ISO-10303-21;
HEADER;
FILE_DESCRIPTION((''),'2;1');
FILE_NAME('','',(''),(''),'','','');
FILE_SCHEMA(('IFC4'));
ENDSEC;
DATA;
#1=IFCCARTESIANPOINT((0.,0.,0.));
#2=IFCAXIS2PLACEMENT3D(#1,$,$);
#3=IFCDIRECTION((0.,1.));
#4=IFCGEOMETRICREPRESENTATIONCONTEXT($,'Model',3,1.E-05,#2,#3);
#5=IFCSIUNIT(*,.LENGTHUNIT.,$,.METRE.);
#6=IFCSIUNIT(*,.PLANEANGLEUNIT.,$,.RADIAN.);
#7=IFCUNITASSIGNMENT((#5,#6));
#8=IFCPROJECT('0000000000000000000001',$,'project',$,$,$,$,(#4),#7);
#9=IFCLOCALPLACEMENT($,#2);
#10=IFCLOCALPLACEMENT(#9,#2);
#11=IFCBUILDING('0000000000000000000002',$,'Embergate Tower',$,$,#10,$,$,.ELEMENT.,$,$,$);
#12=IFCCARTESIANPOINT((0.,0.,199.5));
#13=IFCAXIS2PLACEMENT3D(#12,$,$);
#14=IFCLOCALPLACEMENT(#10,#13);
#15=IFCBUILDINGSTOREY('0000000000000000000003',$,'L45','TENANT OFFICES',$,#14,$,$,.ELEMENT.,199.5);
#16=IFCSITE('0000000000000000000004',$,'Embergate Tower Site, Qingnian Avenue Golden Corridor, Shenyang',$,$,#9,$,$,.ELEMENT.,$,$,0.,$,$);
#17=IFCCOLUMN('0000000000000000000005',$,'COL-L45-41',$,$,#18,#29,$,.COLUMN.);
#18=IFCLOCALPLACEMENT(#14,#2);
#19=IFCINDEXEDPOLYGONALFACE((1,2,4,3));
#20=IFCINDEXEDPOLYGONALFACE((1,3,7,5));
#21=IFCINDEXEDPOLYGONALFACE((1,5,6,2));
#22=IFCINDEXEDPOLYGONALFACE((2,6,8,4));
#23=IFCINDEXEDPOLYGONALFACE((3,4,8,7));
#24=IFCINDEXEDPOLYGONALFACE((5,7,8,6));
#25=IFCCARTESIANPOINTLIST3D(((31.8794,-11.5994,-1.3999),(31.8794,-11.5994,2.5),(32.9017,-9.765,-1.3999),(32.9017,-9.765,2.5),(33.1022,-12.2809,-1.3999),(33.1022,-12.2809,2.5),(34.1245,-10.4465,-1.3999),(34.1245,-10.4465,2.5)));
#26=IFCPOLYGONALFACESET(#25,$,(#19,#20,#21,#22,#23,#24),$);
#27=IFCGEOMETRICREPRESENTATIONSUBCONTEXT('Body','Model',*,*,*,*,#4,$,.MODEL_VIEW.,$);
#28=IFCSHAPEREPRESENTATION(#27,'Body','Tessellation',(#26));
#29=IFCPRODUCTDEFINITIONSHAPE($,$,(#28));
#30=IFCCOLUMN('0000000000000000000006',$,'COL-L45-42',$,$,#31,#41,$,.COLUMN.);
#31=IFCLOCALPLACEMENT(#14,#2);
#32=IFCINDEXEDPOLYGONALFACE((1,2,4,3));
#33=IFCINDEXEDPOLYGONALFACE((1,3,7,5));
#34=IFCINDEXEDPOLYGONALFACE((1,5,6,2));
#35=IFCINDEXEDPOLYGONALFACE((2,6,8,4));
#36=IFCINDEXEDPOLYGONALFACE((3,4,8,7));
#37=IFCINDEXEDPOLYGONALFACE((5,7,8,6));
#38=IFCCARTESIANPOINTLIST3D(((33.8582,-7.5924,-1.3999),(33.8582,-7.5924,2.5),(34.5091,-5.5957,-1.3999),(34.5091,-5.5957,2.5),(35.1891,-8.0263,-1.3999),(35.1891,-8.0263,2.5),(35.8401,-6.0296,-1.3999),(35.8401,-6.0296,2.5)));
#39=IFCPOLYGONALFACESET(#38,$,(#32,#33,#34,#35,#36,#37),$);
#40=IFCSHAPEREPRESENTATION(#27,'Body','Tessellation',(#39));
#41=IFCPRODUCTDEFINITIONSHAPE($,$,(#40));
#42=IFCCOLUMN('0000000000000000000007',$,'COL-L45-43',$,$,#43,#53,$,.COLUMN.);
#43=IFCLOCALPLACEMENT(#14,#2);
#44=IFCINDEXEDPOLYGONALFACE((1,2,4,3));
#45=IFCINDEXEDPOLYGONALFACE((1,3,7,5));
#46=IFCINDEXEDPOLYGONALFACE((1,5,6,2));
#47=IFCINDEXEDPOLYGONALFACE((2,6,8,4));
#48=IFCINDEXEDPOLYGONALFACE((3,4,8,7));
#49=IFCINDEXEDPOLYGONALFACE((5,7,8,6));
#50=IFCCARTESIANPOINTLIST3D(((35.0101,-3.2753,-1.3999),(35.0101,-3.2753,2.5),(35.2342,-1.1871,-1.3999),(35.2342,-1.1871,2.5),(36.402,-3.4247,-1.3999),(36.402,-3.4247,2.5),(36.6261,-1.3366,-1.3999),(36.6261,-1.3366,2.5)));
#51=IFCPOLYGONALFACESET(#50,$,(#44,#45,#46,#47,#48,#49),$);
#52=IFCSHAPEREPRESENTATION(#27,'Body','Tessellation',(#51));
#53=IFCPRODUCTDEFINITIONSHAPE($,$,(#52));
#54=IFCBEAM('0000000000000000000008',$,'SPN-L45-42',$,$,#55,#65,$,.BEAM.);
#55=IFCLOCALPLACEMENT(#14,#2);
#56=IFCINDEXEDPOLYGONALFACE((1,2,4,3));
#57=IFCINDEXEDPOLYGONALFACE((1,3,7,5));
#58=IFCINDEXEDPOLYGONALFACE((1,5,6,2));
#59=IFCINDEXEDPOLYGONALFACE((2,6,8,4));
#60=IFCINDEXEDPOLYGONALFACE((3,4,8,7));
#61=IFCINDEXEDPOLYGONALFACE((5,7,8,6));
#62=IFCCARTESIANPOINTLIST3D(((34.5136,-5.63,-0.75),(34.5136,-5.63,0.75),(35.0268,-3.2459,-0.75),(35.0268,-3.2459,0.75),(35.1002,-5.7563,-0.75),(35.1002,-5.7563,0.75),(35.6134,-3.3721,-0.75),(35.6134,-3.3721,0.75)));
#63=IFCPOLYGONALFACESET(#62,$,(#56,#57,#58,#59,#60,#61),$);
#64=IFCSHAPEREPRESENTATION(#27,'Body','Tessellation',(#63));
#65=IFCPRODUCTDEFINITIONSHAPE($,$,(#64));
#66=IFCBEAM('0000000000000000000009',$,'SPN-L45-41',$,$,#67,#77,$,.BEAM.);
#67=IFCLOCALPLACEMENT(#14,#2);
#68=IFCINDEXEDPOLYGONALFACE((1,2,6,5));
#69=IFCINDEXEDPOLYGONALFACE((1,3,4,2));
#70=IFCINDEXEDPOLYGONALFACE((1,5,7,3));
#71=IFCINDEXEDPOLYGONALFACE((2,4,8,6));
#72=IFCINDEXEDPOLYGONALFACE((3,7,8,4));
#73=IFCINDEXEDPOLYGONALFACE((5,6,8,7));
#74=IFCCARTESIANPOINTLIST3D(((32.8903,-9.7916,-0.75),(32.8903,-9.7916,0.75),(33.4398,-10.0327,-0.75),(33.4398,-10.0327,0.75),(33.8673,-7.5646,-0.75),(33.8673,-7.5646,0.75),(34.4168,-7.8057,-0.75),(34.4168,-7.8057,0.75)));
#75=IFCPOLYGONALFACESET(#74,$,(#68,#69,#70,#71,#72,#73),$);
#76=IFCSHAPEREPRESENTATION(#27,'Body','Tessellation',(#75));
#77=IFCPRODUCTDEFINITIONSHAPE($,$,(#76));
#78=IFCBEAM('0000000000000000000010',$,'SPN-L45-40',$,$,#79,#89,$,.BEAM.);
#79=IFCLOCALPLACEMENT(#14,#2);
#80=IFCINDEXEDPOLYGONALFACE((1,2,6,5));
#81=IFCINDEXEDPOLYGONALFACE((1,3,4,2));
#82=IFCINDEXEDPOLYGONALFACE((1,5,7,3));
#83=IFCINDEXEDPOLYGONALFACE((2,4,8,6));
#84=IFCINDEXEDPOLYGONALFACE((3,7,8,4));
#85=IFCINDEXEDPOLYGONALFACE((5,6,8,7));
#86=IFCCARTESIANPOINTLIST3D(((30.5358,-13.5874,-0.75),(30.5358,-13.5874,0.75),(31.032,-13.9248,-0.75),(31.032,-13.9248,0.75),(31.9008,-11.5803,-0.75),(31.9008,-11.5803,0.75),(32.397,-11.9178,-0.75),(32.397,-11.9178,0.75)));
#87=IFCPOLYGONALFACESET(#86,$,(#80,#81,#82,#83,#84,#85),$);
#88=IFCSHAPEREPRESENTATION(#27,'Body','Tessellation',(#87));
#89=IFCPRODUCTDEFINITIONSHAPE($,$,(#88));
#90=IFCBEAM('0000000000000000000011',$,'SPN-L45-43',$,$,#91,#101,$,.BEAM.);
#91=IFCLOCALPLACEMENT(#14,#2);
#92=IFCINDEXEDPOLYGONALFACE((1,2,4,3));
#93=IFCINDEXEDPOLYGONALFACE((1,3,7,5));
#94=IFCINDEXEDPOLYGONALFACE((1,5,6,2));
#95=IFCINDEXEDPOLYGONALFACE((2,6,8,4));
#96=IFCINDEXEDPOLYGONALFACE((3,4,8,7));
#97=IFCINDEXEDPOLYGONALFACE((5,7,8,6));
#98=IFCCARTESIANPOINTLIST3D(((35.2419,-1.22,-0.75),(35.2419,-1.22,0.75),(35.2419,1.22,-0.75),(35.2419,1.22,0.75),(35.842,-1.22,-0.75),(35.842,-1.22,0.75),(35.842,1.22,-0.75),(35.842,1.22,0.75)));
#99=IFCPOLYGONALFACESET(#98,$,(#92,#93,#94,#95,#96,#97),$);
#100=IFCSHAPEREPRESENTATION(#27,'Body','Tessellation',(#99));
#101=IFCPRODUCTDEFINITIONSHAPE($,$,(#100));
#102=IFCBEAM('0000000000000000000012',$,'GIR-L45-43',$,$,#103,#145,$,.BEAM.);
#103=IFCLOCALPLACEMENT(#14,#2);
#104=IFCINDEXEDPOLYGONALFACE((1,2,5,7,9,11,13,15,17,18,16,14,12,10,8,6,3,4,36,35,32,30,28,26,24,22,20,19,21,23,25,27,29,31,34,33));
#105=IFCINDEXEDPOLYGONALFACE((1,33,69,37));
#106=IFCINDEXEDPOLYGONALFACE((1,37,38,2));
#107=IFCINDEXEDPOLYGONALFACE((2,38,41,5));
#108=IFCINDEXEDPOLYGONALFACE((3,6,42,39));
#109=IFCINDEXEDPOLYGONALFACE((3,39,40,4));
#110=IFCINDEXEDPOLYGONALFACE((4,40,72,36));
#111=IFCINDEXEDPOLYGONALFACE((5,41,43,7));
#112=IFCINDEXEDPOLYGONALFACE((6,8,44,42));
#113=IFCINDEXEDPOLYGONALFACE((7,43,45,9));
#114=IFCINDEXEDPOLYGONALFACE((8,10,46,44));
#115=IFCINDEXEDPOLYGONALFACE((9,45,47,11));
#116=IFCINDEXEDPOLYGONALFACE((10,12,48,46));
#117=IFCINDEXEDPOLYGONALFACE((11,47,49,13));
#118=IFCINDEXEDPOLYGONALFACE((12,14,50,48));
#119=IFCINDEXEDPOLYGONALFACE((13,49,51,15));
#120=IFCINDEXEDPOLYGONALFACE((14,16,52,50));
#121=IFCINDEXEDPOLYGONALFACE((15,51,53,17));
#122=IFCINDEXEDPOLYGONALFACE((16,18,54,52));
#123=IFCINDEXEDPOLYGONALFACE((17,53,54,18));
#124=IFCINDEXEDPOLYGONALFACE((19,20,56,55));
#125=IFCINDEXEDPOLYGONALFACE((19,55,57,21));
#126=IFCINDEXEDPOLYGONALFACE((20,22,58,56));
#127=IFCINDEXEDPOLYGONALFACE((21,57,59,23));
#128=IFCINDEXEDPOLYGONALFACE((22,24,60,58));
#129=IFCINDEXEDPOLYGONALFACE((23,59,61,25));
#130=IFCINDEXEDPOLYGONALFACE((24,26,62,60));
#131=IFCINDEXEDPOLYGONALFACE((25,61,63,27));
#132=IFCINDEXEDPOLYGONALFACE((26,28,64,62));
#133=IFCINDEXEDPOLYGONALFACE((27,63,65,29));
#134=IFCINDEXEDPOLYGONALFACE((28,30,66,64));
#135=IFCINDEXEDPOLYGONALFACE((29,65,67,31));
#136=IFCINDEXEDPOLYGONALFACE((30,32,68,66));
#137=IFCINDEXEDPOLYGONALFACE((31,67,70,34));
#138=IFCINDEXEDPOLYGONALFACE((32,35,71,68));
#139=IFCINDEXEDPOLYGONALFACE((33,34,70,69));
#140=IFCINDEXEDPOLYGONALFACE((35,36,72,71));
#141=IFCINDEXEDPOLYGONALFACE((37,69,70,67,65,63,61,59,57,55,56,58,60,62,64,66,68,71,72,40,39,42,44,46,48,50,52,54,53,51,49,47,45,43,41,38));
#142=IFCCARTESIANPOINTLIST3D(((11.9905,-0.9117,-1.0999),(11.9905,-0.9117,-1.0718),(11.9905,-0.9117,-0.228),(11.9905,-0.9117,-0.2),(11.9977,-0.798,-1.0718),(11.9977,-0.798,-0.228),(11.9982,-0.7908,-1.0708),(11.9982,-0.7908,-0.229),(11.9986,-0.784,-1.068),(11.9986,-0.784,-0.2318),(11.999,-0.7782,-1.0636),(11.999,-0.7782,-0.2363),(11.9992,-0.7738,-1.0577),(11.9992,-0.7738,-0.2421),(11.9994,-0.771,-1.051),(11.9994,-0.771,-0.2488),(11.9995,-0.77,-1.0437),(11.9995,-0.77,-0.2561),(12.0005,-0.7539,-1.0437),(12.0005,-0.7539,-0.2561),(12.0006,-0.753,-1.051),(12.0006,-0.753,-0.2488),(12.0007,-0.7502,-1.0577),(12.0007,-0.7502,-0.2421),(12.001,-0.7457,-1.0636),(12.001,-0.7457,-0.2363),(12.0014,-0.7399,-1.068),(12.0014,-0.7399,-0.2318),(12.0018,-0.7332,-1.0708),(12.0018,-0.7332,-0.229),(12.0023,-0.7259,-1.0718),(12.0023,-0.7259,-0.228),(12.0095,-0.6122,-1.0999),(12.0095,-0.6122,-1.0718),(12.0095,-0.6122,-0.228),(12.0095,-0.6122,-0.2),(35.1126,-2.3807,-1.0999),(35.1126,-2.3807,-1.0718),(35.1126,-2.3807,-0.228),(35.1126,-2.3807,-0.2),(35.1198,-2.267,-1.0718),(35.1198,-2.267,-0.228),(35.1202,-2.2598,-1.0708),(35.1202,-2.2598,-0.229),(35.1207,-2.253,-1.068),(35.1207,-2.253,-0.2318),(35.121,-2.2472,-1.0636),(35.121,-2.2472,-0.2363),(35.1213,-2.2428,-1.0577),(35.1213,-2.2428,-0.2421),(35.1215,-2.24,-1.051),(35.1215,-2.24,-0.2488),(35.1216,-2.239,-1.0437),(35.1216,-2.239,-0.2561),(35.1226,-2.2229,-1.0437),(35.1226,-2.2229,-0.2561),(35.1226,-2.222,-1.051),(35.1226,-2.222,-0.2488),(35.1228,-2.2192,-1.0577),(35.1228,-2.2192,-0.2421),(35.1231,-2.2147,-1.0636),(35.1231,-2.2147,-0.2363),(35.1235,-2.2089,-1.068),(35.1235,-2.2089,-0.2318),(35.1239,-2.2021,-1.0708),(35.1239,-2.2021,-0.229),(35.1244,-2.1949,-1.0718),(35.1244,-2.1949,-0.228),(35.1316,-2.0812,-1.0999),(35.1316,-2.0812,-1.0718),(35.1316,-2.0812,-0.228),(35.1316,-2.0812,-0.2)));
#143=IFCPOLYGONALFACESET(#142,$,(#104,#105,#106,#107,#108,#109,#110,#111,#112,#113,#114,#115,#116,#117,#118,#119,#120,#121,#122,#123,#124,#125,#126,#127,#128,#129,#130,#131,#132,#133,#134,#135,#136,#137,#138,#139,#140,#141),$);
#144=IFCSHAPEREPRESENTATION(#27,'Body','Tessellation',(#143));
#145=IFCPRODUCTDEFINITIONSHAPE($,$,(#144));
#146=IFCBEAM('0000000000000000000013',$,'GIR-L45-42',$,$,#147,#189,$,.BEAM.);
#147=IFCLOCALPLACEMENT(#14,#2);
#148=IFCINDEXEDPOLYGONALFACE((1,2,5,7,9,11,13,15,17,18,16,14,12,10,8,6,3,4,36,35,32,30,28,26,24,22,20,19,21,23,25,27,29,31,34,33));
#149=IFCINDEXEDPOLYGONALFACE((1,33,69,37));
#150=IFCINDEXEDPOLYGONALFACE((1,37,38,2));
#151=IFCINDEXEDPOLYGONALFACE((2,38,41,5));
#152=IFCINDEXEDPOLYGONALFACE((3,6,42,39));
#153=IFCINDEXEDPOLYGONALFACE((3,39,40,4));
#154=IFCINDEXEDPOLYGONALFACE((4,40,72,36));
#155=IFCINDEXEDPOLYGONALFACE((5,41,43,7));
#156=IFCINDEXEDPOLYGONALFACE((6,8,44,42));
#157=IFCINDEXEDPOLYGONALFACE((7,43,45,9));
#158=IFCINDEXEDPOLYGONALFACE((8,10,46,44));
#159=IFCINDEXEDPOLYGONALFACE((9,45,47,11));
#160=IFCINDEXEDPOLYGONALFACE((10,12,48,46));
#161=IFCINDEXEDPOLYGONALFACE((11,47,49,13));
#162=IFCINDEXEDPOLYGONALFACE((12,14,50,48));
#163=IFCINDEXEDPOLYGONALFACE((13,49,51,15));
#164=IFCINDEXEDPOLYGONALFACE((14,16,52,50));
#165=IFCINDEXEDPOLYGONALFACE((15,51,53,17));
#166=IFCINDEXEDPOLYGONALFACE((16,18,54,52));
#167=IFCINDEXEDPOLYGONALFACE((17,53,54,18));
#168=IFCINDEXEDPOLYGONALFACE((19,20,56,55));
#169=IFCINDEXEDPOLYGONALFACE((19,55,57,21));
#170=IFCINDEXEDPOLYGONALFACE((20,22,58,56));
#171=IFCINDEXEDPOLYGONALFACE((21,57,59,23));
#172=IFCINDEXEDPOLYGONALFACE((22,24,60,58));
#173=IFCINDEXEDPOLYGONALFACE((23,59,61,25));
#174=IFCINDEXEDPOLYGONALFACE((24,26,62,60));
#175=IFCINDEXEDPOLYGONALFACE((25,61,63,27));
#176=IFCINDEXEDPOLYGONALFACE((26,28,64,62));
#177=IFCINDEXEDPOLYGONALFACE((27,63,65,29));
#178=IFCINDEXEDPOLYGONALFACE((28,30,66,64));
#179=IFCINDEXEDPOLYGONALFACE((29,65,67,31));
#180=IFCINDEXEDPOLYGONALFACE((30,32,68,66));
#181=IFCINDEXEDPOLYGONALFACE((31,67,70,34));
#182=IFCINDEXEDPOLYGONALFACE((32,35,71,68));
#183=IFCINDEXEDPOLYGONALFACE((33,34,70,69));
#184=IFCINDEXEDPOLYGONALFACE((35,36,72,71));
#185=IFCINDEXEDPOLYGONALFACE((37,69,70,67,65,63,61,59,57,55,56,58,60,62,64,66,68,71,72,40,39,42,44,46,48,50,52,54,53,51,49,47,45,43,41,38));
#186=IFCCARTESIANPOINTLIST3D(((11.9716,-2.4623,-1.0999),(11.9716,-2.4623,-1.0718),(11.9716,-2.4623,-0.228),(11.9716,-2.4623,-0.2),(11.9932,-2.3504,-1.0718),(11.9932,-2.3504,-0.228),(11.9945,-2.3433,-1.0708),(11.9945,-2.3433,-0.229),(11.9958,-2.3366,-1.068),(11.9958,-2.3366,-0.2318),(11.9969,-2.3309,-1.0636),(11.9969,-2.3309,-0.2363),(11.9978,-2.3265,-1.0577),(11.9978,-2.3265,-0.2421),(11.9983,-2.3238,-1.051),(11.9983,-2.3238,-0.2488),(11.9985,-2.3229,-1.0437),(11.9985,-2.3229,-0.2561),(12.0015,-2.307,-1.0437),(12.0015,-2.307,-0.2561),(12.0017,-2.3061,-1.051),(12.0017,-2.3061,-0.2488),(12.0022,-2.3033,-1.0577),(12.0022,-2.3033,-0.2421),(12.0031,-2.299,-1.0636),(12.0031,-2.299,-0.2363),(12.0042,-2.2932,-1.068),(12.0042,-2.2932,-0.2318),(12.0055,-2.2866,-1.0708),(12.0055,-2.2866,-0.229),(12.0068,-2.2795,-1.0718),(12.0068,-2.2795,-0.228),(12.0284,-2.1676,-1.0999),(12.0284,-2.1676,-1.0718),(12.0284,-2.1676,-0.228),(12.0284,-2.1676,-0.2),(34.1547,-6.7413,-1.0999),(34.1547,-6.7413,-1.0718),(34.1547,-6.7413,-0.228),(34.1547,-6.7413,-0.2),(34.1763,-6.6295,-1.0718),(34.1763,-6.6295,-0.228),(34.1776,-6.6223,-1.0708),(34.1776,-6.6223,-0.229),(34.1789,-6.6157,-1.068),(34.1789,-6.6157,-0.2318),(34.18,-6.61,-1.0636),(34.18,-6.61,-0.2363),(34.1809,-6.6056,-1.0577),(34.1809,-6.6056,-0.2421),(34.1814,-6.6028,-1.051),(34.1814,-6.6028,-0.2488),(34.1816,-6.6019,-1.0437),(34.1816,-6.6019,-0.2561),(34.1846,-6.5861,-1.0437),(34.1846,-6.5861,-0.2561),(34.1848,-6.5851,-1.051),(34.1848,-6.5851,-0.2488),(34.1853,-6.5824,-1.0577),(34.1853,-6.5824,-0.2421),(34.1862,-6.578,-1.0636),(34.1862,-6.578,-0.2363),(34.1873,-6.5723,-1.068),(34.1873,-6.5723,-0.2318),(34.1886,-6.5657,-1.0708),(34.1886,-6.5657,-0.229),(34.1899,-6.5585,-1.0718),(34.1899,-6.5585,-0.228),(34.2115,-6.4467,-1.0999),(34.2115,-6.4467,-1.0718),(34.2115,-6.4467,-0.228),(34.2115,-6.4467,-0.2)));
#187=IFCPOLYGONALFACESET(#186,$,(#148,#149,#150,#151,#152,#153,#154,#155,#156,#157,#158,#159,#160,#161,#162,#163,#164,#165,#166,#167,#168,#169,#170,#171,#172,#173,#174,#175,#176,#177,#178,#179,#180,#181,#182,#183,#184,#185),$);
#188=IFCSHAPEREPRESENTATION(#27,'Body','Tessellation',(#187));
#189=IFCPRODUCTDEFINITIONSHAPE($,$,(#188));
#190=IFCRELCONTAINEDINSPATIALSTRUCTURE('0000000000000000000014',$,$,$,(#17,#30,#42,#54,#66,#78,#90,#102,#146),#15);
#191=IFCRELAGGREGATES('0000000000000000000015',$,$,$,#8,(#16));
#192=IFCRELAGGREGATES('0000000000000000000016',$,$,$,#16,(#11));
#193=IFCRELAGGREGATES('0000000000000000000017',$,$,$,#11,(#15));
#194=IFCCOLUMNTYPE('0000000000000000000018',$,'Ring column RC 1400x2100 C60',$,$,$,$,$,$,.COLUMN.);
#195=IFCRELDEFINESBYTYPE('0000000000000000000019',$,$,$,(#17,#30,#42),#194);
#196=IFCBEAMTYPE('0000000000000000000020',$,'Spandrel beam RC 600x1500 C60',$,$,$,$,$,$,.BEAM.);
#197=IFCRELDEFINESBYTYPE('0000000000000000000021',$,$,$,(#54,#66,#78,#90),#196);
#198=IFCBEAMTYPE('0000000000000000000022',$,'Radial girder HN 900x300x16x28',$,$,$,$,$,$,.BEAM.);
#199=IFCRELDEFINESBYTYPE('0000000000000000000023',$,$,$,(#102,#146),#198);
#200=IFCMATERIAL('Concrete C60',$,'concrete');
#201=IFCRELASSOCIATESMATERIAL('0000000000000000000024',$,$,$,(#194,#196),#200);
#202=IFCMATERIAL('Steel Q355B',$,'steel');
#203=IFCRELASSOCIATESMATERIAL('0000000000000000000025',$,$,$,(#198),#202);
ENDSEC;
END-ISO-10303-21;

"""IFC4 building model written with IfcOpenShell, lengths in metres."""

from ifc_helpers import new_model, si_unit, direction, frame, origin, origin_2d, place, context, subcontext, project, spatial, rectangle, i_section, extrude, source, transform, mapped, material, material_profile, profile_set, type_object, element, save


model = new_model("IFC4")

# Units and contexts
model_context = context("Model", 3, precision=1e-05, world=origin(), true_north=direction((0.0, 1.0)))
body_context = subcontext(model_context, "Body", "Model", "MODEL_VIEW")
ifc_project = project(units=[si_unit("LENGTHUNIT", "METRE"), si_unit("PLANEANGLEUNIT", "RADIAN")], contexts=[model_context])

# Site, building, storey
site_placement = place(None, origin())
site = spatial("IfcSite", under=ifc_project, at=site_placement, Name="Embergate Tower Site, Qingnian Avenue Golden Corridor, Shenyang", CompositionType="ELEMENT", RefElevation=0.0)
building_placement = place(site_placement, origin())
building = spatial("IfcBuilding", under=site, at=building_placement, Name="Embergate Tower", CompositionType="ELEMENT")
storey_placement = place(building_placement, frame((0.0, 0.0, 199.5)))
storey = spatial("IfcBuildingStorey", under=building, at=storey_placement, Name="L45", Description="TENANT OFFICES", CompositionType="ELEMENT", Elevation=199.5)

# Columns
ifc_material_1 = material(Name="Concrete C60", Category="concrete")
ifc_material_profile_1 = material_profile(ifc_material_1, rectangle(XDim=1.3999, YDim=2.1001, at=origin_2d()), Name="RC 1400x2100")
ifc_profile_set_1 = profile_set([ifc_material_profile_1], Name="Concrete C60")
column_type = type_object("IfcColumnType", Name="Ring column RC 1400x2100 C60", PredefinedType="COLUMN", material=ifc_profile_set_1)
shared_shape_1 = source(origin(), body_context, "Body", "SweptSolid", [
    extrude(rectangle(XDim=1.3999, YDim=2.1001, at=origin_2d()), origin(), (0.0, 0.0, 1.0), 3.8999),
])
for number, where, z_axis, x_axis, name in (
    (1, (33.002, -11.0229, -1.3999), (0.0, 0.0, 1.0), (0.8735, -0.486823, 0.0), "COL-L45-41"),
    (2, (34.8491, -6.811, -1.3999), (0.0, 0.0, 1.0), (0.950754, -0.309946, 0.0), "COL-L45-42"),
    (3, (35.8181, -2.3059, -1.3999), (0.0, 0.0, 1.0), (0.994288, -0.106733, 0.0), "COL-L45-43"),
):
    element("IfcColumn", number, at=place(storey_placement, frame(where, z_axis=z_axis, x_axis=x_axis)), inside=storey, type_object=column_type, Name=name, PredefinedType="COLUMN", context=body_context, shape_type="MappedRepresentation", body=[
        mapped(shared_shape_1, transform((0.0, 0.0, 0.0))),
    ])

# Beams
ifc_material_profile_2 = material_profile(ifc_material_1, rectangle(XDim=0.6001, YDim=1.5, at=origin_2d()), Name="RC 600x1500")
ifc_profile_set_2 = profile_set([ifc_material_profile_2], Name="Concrete C60")
beam_type_1 = type_object("IfcBeamType", Name="Spandrel beam RC 600x1500 C60", PredefinedType="BEAM", material=ifc_profile_set_2)
shared_shape_2 = source(origin(), body_context, "Body", "SweptSolid", [
    extrude(rectangle(XDim=0.6001, YDim=1.5, at=origin_2d()), origin(), (0.0, 0.0, 1.0), 2.4387),
])
beam_1_placement = place(storey_placement, frame((34.8069, -5.6931, 0.0), z_axis=(0.210438, 0.977607, 0.0), x_axis=(-0.977607, 0.210438, 0.0)))
element("IfcBeam", 4, at=beam_1_placement, inside=storey, type_object=beam_type_1, Name="SPN-L45-42", PredefinedType="BEAM", context=body_context, shape_type="MappedRepresentation", body=[
    mapped(shared_shape_2, transform((0.0, 0.0, 0.0))),
])
shared_shape_3 = source(origin(), body_context, "Body", "SweptSolid", [
    extrude(rectangle(XDim=0.6001, YDim=1.5, at=origin_2d()), origin(), (0.0, 0.0, 1.0), 2.4319),
])
beam_2_placement = place(storey_placement, frame((33.165, -9.9121, 0.0), z_axis=(0.401756, 0.915747, 0.0), x_axis=(-0.915747, 0.401756, 0.0)))
element("IfcBeam", 5, at=beam_2_placement, inside=storey, type_object=beam_type_1, Name="SPN-L45-41", PredefinedType="BEAM", context=body_context, shape_type="MappedRepresentation", body=[
    mapped(shared_shape_3, transform((0.0, 0.0, 0.0))),
])
shared_shape_4 = source(origin(), body_context, "Body", "SweptSolid", [
    extrude(rectangle(XDim=0.6001, YDim=1.5, at=origin_2d()), origin(), (0.0, 0.0, 1.0), 2.4272),
])
beam_3_placement = place(storey_placement, frame((30.7839, -13.7561, 0.0), z_axis=(0.56236, 0.826893, 0.0), x_axis=(-0.826893, 0.56236, 0.0)))
element("IfcBeam", 6, at=beam_3_placement, inside=storey, type_object=beam_type_1, Name="SPN-L45-40", PredefinedType="BEAM", context=body_context, shape_type="MappedRepresentation", body=[
    mapped(shared_shape_4, transform((0.0, 0.0, 0.0))),
])
shared_shape_5 = source(origin(), body_context, "Body", "SweptSolid", [
    extrude(rectangle(XDim=0.6001, YDim=1.5, at=origin_2d()), origin(), (0.0, 0.0, 1.0), 2.4399),
])
beam_4_placement = place(storey_placement, frame((35.542, -1.22, 0.0), z_axis=(0.0, 1.0, 0.0), x_axis=(-1.0, 0.0, 0.0)))
element("IfcBeam", 7, at=beam_4_placement, inside=storey, type_object=beam_type_1, Name="SPN-L45-43", PredefinedType="BEAM", context=body_context, shape_type="MappedRepresentation", body=[
    mapped(shared_shape_5, transform((0.0, 0.0, 0.0))),
])
ifc_material_2 = material(Name="Steel Q355B", Category="steel")
ifc_material_profile_3 = material_profile(ifc_material_2, i_section(OverallWidth=0.3, OverallDepth=0.8999, WebThickness=0.0161, FlangeThickness=0.0281, FilletRadius=0.0281, at=origin_2d()), Name="HN 900x300x16x28")
ifc_profile_set_3 = profile_set([ifc_material_profile_3], Name="Steel Q355 grade B")
beam_type_2 = type_object("IfcBeamType", Name="Radial girder HN 900x300x16x28", PredefinedType="BEAM", material=ifc_profile_set_3)
shared_shape_6 = source(origin(), body_context, "Body", "SweptSolid", [
    extrude(i_section(OverallWidth=0.3, OverallDepth=0.8999, WebThickness=0.0161, FlangeThickness=0.0281, FilletRadius=0.0281, at=origin_2d()), origin(), (0.0, 0.0, 1.0), 23.1687),
])
beam_5_placement = place(storey_placement, frame((35.1221, -2.231, -0.6499), z_axis=(-0.997988, 0.063404, 0.0), x_axis=(-0.063404, -0.997988, 0.0)))
element("IfcBeam", 8, at=beam_5_placement, inside=storey, type_object=beam_type_2, Name="GIR-L45-43", PredefinedType="BEAM", context=body_context, shape_type="MappedRepresentation", body=[
    mapped(shared_shape_6, transform((0.0, 0.0, 0.0))),
])
shared_shape_7 = source(origin(), body_context, "Body", "SweptSolid", [
    extrude(i_section(OverallWidth=0.3, OverallDepth=0.8999, WebThickness=0.0161, FlangeThickness=0.0281, FilletRadius=0.0281, at=origin_2d()), origin(), (0.0, 0.0, 1.0), 22.592),
])
beam_6_placement = place(storey_placement, frame((34.1831, -6.594, -0.6499), z_axis=(-0.981899, 0.189405, 0.0), x_axis=(-0.189405, -0.981899, 0.0)))
element("IfcBeam", 9, at=beam_6_placement, inside=storey, type_object=beam_type_2, Name="GIR-L45-42", PredefinedType="BEAM", context=body_context, shape_type="MappedRepresentation", body=[
    mapped(shared_shape_7, transform((0.0, 0.0, 0.0))),
])

save(model, "model.ifc")
